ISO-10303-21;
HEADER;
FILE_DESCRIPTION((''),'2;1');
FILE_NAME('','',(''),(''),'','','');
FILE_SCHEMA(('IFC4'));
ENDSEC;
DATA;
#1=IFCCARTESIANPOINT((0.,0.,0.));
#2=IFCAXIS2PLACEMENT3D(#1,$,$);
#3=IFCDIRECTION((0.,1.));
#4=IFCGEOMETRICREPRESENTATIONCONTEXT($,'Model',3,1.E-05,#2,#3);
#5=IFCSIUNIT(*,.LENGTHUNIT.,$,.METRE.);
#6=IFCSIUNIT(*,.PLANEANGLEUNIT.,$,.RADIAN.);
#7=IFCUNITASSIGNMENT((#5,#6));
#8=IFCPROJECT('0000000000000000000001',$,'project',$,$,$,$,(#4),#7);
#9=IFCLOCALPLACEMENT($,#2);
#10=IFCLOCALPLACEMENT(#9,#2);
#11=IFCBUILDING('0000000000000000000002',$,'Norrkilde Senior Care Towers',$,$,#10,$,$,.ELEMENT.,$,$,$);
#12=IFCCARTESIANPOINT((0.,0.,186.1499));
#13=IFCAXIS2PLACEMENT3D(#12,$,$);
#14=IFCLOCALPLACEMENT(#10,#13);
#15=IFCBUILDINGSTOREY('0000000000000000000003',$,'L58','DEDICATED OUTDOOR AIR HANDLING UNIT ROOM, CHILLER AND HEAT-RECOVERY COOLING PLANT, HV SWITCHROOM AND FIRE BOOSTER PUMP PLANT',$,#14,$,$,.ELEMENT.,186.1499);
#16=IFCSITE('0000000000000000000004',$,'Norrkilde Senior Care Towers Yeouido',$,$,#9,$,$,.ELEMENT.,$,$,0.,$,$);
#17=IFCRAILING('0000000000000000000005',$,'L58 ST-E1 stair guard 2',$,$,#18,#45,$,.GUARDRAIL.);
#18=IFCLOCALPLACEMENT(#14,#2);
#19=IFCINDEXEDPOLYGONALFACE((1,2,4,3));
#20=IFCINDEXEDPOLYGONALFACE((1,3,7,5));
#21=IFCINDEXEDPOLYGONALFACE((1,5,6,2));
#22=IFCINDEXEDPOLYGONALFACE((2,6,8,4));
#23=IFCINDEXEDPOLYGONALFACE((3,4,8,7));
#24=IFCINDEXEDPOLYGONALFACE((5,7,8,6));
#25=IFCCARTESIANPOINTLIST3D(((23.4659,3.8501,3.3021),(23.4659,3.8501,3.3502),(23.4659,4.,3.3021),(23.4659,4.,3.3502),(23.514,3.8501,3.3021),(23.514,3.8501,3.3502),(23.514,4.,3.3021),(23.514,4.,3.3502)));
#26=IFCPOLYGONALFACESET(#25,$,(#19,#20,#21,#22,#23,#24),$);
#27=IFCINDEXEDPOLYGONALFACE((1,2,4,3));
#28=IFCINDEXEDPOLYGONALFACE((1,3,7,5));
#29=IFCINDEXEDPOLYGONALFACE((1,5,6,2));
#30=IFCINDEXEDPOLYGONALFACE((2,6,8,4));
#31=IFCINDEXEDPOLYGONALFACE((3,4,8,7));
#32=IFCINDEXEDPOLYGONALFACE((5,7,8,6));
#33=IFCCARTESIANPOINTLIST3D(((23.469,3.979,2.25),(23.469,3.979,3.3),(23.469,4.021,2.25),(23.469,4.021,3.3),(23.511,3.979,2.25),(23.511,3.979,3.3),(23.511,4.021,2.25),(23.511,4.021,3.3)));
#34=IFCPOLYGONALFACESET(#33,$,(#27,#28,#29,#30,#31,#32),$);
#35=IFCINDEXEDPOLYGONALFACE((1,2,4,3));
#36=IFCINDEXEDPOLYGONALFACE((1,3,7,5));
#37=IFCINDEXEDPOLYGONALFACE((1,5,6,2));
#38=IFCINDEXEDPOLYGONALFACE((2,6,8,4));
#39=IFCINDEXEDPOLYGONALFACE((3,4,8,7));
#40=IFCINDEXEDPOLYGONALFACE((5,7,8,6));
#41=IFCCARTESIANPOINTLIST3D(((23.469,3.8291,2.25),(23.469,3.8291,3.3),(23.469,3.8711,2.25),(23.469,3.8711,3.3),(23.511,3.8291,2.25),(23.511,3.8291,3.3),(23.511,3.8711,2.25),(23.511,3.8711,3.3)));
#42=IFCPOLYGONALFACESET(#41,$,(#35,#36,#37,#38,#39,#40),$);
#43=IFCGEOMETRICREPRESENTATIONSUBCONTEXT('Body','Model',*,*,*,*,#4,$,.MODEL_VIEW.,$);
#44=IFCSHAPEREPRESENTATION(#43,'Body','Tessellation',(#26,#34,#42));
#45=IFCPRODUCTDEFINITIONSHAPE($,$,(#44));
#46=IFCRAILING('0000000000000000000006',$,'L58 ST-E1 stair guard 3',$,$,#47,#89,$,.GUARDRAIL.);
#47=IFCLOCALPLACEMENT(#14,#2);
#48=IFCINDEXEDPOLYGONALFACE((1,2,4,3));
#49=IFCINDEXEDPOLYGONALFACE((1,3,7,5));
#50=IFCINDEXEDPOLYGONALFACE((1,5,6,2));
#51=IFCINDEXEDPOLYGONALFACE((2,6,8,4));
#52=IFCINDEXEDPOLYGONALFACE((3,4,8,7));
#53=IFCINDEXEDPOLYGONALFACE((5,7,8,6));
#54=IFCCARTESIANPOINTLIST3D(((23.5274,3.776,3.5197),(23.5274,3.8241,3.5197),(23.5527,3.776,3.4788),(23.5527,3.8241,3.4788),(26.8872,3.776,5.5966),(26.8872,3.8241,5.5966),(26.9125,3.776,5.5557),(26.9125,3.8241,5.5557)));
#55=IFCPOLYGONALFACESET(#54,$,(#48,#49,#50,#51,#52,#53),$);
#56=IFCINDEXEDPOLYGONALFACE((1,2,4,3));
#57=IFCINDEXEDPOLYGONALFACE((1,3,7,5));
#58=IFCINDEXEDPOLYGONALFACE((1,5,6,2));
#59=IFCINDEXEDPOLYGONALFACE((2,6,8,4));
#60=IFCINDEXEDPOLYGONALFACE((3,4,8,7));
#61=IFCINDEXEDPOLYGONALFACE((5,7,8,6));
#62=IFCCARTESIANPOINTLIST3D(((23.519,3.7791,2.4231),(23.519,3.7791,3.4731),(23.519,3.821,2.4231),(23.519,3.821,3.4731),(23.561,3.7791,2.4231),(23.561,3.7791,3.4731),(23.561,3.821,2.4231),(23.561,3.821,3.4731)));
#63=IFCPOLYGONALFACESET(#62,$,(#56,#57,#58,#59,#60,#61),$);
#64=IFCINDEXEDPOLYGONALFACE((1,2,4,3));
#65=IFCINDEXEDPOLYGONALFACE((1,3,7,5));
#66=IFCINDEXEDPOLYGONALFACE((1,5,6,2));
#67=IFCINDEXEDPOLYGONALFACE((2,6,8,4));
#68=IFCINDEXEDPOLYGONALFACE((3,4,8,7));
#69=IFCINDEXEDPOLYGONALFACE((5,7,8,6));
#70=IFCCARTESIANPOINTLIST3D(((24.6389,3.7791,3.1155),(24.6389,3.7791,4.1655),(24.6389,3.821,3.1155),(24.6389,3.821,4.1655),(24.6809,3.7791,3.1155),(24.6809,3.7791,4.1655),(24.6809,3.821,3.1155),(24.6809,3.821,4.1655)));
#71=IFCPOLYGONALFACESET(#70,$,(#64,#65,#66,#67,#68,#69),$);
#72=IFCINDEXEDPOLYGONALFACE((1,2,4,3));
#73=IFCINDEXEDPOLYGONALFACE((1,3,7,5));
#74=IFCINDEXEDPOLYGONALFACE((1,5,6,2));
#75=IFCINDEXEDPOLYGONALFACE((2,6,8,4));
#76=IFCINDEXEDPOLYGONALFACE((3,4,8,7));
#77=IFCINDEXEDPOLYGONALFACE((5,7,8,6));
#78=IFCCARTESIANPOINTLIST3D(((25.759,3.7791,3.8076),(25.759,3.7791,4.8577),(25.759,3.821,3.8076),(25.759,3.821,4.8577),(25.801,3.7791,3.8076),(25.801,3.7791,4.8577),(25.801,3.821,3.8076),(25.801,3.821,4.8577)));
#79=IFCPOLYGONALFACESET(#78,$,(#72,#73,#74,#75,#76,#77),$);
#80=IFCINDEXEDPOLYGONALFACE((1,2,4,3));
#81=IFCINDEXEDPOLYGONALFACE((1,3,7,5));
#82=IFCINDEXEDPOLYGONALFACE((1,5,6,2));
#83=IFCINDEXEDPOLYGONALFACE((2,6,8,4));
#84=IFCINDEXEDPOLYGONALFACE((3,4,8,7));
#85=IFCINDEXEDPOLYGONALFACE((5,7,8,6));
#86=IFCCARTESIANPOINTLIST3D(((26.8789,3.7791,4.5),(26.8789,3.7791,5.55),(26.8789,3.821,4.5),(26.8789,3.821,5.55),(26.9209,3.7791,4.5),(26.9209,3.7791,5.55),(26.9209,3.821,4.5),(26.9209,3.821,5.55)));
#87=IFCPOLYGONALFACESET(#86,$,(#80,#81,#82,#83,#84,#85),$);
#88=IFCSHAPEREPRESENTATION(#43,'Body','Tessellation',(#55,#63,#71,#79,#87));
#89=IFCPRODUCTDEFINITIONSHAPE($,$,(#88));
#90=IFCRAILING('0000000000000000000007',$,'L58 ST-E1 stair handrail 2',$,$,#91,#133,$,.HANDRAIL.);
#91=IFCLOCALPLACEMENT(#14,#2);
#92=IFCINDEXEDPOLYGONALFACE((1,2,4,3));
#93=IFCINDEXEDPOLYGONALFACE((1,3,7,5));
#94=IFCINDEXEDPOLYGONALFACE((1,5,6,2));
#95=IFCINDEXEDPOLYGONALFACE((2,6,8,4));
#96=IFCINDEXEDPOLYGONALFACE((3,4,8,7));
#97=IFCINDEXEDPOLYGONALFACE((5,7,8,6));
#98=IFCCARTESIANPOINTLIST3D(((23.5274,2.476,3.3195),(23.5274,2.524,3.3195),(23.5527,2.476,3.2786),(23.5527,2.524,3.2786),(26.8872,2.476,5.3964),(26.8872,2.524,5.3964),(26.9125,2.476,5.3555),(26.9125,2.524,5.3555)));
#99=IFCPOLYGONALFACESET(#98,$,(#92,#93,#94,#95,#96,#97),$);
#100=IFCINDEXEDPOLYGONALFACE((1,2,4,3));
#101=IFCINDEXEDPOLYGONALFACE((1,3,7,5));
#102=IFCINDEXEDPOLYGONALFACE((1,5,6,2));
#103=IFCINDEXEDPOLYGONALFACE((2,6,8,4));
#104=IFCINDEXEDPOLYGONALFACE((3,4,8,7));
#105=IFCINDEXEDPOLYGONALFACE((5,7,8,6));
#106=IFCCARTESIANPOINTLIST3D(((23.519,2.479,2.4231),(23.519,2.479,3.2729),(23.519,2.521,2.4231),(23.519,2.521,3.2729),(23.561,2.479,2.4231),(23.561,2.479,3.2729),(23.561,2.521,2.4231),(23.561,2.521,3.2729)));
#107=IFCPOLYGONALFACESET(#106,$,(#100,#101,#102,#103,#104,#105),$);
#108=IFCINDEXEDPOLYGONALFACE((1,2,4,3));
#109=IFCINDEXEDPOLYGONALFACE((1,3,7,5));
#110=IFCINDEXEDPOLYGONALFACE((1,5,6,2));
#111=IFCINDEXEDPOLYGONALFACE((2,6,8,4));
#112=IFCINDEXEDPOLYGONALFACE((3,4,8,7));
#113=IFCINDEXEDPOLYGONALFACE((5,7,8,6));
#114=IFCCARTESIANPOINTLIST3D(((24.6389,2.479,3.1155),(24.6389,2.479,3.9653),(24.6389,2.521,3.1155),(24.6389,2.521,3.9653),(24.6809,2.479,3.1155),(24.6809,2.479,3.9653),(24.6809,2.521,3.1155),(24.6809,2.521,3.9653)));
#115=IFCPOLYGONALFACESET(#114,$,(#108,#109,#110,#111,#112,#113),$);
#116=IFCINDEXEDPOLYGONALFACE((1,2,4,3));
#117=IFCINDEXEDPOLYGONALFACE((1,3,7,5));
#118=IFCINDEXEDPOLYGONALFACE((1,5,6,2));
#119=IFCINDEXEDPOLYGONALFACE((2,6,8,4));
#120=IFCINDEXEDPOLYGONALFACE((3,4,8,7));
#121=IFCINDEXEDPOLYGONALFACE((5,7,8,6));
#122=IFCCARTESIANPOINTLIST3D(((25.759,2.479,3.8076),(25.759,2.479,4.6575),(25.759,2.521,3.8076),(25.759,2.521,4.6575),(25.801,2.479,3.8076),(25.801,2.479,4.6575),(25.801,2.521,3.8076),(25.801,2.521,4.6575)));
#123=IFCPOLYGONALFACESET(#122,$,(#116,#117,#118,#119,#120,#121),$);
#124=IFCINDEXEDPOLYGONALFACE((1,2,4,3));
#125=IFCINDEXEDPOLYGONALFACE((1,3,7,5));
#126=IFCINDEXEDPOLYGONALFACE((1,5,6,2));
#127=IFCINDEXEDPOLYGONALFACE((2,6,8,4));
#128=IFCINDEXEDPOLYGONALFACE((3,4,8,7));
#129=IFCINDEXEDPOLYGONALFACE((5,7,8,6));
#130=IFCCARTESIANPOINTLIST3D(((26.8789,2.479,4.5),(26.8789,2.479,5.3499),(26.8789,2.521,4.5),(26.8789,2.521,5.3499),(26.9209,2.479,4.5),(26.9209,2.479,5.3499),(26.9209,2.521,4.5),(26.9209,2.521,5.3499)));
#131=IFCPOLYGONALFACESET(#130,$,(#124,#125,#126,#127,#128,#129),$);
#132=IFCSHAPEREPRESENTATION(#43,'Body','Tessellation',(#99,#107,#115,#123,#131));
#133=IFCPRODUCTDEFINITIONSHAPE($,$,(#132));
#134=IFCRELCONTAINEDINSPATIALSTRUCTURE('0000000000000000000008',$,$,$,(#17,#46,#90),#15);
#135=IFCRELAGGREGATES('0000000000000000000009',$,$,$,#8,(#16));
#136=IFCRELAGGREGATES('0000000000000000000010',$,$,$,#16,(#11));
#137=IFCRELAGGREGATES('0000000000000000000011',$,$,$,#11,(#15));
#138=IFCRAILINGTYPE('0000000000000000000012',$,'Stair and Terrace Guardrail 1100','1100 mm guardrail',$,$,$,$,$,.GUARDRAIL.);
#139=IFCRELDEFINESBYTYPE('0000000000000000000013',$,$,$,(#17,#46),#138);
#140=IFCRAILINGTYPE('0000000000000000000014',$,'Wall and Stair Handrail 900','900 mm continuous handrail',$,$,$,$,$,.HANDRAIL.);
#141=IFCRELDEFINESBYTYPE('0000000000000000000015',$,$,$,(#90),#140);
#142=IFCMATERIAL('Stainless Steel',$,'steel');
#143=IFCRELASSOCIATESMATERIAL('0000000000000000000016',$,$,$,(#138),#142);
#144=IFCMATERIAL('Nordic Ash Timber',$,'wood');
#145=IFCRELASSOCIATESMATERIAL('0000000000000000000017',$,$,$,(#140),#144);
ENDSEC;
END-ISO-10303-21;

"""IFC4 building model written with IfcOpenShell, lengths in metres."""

from ifc_helpers import new_model, si_unit, direction, frame, origin, origin_2d, place, context, subcontext, project, spatial, rectangle, extrude, material, type_object, element, save


model = new_model("IFC4")

# Units and contexts
model_context = context("Model", 3, precision=1e-05, world=origin(), true_north=direction((0.0, 1.0)))
body_context = subcontext(model_context, "Body", "Model", "MODEL_VIEW")
ifc_project = project(units=[si_unit("LENGTHUNIT", "METRE"), si_unit("PLANEANGLEUNIT", "RADIAN")], contexts=[model_context])

# Site, building, storey
site_placement = place(None, origin())
site = spatial("IfcSite", under=ifc_project, at=site_placement, Name="Norrkilde Senior Care Towers Yeouido", CompositionType="ELEMENT", RefElevation=0.0)
building_placement = place(site_placement, origin())
building = spatial("IfcBuilding", under=site, at=building_placement, Name="Norrkilde Senior Care Towers", CompositionType="ELEMENT")
storey_placement = place(building_placement, frame((0.0, 0.0, 186.1499)))
storey = spatial("IfcBuildingStorey", under=building, at=storey_placement, Name="L58", Description="DEDICATED OUTDOOR AIR HANDLING UNIT ROOM, CHILLER AND HEAT-RECOVERY COOLING PLANT, HV SWITCHROOM AND FIRE BOOSTER PUMP PLANT", CompositionType="ELEMENT", Elevation=186.1499)

# Railings
ifc_material_1 = material(Name="Stainless Steel", Category="steel")
railing_type_1 = type_object("IfcRailingType", Name="Stair and Terrace Guardrail 1100", Description="1100 mm guardrail", PredefinedType="GUARDRAIL", material=ifc_material_1)
railing_1_placement = place(storey_placement, frame((23.49, 4.0, 2.25)))
element("IfcRailing", 1, at=railing_1_placement, inside=storey, type_object=railing_type_1, Name="L58 ST-E1 stair guard 2", PredefinedType="GUARDRAIL", context=body_context, shape_type="SweptSolid", body=[
    extrude(rectangle(XDim=0.0481, YDim=0.0481, at=origin_2d()), frame((0.0, 0.0, 1.0762), z_axis=(0.0, -1.0, 0.0), x_axis=(1.0, 0.0, 0.0)), (0.0, 0.0, 1.0), 0.1499),
    extrude(rectangle(XDim=0.042, YDim=0.042, at=origin_2d()), origin(), (0.0, 0.0, 1.0), 1.05),
    extrude(rectangle(XDim=0.042, YDim=0.042, at=origin_2d()), frame((0.0, -0.1499, 0.0)), (0.0, 0.0, 1.0), 1.05),
])
railing_2_placement = place(storey_placement, frame((23.54, 3.8, 2.4231)))
element("IfcRailing", 2, at=railing_2_placement, inside=storey, type_object=railing_type_1, Name="L58 ST-E1 stair guard 3", PredefinedType="GUARDRAIL", context=body_context, shape_type="SweptSolid", body=[
    extrude(rectangle(XDim=0.0481, YDim=0.0481, at=origin_2d()), frame((0.0, 0.0, 1.0762), z_axis=(0.850606, 0.0, 0.525803), x_axis=(0.0, 1.0, 0.0)), (0.0, 0.0, 1.0), 3.95),
    extrude(rectangle(XDim=0.042, YDim=0.042, at=origin_2d()), origin(), (0.0, 0.0, 1.0), 1.05),
    extrude(rectangle(XDim=0.042, YDim=0.042, at=origin_2d()), frame((1.1199, 0.0, 0.6924)), (0.0, 0.0, 1.0), 1.05),
    extrude(rectangle(XDim=0.042, YDim=0.042, at=origin_2d()), frame((2.24, 0.0, 1.3845)), (0.0, 0.0, 1.0), 1.05),
    extrude(rectangle(XDim=0.042, YDim=0.042, at=origin_2d()), frame((3.3599, 0.0, 2.0769)), (0.0, 0.0, 1.0), 1.05),
])
ifc_material_2 = material(Name="Nordic Ash Timber", Category="wood")
railing_type_2 = type_object("IfcRailingType", Name="Wall and Stair Handrail 900", Description="900 mm continuous handrail", PredefinedType="HANDRAIL", material=ifc_material_2)
railing_3_placement = place(storey_placement, frame((23.54, 2.5, 2.4231)))
element("IfcRailing", 3, at=railing_3_placement, inside=storey, type_object=railing_type_2, Name="L58 ST-E1 stair handrail 2", PredefinedType="HANDRAIL", context=body_context, shape_type="SweptSolid", body=[
    extrude(rectangle(XDim=0.0481, YDim=0.0481, at=origin_2d()), frame((0.0, 0.0, 0.876), z_axis=(0.850606, 0.0, 0.525803), x_axis=(0.0, 1.0, 0.0)), (0.0, 0.0, 1.0), 3.95),
    extrude(rectangle(XDim=0.042, YDim=0.042, at=origin_2d()), origin(), (0.0, 0.0, 1.0), 0.8499),
    extrude(rectangle(XDim=0.042, YDim=0.042, at=origin_2d()), frame((1.1199, 0.0, 0.6924)), (0.0, 0.0, 1.0), 0.8499),
    extrude(rectangle(XDim=0.042, YDim=0.042, at=origin_2d()), frame((2.24, 0.0, 1.3845)), (0.0, 0.0, 1.0), 0.8499),
    extrude(rectangle(XDim=0.042, YDim=0.042, at=origin_2d()), frame((3.3599, 0.0, 2.0769)), (0.0, 0.0, 1.0), 0.8499),
])

save(model, "model.ifc")
